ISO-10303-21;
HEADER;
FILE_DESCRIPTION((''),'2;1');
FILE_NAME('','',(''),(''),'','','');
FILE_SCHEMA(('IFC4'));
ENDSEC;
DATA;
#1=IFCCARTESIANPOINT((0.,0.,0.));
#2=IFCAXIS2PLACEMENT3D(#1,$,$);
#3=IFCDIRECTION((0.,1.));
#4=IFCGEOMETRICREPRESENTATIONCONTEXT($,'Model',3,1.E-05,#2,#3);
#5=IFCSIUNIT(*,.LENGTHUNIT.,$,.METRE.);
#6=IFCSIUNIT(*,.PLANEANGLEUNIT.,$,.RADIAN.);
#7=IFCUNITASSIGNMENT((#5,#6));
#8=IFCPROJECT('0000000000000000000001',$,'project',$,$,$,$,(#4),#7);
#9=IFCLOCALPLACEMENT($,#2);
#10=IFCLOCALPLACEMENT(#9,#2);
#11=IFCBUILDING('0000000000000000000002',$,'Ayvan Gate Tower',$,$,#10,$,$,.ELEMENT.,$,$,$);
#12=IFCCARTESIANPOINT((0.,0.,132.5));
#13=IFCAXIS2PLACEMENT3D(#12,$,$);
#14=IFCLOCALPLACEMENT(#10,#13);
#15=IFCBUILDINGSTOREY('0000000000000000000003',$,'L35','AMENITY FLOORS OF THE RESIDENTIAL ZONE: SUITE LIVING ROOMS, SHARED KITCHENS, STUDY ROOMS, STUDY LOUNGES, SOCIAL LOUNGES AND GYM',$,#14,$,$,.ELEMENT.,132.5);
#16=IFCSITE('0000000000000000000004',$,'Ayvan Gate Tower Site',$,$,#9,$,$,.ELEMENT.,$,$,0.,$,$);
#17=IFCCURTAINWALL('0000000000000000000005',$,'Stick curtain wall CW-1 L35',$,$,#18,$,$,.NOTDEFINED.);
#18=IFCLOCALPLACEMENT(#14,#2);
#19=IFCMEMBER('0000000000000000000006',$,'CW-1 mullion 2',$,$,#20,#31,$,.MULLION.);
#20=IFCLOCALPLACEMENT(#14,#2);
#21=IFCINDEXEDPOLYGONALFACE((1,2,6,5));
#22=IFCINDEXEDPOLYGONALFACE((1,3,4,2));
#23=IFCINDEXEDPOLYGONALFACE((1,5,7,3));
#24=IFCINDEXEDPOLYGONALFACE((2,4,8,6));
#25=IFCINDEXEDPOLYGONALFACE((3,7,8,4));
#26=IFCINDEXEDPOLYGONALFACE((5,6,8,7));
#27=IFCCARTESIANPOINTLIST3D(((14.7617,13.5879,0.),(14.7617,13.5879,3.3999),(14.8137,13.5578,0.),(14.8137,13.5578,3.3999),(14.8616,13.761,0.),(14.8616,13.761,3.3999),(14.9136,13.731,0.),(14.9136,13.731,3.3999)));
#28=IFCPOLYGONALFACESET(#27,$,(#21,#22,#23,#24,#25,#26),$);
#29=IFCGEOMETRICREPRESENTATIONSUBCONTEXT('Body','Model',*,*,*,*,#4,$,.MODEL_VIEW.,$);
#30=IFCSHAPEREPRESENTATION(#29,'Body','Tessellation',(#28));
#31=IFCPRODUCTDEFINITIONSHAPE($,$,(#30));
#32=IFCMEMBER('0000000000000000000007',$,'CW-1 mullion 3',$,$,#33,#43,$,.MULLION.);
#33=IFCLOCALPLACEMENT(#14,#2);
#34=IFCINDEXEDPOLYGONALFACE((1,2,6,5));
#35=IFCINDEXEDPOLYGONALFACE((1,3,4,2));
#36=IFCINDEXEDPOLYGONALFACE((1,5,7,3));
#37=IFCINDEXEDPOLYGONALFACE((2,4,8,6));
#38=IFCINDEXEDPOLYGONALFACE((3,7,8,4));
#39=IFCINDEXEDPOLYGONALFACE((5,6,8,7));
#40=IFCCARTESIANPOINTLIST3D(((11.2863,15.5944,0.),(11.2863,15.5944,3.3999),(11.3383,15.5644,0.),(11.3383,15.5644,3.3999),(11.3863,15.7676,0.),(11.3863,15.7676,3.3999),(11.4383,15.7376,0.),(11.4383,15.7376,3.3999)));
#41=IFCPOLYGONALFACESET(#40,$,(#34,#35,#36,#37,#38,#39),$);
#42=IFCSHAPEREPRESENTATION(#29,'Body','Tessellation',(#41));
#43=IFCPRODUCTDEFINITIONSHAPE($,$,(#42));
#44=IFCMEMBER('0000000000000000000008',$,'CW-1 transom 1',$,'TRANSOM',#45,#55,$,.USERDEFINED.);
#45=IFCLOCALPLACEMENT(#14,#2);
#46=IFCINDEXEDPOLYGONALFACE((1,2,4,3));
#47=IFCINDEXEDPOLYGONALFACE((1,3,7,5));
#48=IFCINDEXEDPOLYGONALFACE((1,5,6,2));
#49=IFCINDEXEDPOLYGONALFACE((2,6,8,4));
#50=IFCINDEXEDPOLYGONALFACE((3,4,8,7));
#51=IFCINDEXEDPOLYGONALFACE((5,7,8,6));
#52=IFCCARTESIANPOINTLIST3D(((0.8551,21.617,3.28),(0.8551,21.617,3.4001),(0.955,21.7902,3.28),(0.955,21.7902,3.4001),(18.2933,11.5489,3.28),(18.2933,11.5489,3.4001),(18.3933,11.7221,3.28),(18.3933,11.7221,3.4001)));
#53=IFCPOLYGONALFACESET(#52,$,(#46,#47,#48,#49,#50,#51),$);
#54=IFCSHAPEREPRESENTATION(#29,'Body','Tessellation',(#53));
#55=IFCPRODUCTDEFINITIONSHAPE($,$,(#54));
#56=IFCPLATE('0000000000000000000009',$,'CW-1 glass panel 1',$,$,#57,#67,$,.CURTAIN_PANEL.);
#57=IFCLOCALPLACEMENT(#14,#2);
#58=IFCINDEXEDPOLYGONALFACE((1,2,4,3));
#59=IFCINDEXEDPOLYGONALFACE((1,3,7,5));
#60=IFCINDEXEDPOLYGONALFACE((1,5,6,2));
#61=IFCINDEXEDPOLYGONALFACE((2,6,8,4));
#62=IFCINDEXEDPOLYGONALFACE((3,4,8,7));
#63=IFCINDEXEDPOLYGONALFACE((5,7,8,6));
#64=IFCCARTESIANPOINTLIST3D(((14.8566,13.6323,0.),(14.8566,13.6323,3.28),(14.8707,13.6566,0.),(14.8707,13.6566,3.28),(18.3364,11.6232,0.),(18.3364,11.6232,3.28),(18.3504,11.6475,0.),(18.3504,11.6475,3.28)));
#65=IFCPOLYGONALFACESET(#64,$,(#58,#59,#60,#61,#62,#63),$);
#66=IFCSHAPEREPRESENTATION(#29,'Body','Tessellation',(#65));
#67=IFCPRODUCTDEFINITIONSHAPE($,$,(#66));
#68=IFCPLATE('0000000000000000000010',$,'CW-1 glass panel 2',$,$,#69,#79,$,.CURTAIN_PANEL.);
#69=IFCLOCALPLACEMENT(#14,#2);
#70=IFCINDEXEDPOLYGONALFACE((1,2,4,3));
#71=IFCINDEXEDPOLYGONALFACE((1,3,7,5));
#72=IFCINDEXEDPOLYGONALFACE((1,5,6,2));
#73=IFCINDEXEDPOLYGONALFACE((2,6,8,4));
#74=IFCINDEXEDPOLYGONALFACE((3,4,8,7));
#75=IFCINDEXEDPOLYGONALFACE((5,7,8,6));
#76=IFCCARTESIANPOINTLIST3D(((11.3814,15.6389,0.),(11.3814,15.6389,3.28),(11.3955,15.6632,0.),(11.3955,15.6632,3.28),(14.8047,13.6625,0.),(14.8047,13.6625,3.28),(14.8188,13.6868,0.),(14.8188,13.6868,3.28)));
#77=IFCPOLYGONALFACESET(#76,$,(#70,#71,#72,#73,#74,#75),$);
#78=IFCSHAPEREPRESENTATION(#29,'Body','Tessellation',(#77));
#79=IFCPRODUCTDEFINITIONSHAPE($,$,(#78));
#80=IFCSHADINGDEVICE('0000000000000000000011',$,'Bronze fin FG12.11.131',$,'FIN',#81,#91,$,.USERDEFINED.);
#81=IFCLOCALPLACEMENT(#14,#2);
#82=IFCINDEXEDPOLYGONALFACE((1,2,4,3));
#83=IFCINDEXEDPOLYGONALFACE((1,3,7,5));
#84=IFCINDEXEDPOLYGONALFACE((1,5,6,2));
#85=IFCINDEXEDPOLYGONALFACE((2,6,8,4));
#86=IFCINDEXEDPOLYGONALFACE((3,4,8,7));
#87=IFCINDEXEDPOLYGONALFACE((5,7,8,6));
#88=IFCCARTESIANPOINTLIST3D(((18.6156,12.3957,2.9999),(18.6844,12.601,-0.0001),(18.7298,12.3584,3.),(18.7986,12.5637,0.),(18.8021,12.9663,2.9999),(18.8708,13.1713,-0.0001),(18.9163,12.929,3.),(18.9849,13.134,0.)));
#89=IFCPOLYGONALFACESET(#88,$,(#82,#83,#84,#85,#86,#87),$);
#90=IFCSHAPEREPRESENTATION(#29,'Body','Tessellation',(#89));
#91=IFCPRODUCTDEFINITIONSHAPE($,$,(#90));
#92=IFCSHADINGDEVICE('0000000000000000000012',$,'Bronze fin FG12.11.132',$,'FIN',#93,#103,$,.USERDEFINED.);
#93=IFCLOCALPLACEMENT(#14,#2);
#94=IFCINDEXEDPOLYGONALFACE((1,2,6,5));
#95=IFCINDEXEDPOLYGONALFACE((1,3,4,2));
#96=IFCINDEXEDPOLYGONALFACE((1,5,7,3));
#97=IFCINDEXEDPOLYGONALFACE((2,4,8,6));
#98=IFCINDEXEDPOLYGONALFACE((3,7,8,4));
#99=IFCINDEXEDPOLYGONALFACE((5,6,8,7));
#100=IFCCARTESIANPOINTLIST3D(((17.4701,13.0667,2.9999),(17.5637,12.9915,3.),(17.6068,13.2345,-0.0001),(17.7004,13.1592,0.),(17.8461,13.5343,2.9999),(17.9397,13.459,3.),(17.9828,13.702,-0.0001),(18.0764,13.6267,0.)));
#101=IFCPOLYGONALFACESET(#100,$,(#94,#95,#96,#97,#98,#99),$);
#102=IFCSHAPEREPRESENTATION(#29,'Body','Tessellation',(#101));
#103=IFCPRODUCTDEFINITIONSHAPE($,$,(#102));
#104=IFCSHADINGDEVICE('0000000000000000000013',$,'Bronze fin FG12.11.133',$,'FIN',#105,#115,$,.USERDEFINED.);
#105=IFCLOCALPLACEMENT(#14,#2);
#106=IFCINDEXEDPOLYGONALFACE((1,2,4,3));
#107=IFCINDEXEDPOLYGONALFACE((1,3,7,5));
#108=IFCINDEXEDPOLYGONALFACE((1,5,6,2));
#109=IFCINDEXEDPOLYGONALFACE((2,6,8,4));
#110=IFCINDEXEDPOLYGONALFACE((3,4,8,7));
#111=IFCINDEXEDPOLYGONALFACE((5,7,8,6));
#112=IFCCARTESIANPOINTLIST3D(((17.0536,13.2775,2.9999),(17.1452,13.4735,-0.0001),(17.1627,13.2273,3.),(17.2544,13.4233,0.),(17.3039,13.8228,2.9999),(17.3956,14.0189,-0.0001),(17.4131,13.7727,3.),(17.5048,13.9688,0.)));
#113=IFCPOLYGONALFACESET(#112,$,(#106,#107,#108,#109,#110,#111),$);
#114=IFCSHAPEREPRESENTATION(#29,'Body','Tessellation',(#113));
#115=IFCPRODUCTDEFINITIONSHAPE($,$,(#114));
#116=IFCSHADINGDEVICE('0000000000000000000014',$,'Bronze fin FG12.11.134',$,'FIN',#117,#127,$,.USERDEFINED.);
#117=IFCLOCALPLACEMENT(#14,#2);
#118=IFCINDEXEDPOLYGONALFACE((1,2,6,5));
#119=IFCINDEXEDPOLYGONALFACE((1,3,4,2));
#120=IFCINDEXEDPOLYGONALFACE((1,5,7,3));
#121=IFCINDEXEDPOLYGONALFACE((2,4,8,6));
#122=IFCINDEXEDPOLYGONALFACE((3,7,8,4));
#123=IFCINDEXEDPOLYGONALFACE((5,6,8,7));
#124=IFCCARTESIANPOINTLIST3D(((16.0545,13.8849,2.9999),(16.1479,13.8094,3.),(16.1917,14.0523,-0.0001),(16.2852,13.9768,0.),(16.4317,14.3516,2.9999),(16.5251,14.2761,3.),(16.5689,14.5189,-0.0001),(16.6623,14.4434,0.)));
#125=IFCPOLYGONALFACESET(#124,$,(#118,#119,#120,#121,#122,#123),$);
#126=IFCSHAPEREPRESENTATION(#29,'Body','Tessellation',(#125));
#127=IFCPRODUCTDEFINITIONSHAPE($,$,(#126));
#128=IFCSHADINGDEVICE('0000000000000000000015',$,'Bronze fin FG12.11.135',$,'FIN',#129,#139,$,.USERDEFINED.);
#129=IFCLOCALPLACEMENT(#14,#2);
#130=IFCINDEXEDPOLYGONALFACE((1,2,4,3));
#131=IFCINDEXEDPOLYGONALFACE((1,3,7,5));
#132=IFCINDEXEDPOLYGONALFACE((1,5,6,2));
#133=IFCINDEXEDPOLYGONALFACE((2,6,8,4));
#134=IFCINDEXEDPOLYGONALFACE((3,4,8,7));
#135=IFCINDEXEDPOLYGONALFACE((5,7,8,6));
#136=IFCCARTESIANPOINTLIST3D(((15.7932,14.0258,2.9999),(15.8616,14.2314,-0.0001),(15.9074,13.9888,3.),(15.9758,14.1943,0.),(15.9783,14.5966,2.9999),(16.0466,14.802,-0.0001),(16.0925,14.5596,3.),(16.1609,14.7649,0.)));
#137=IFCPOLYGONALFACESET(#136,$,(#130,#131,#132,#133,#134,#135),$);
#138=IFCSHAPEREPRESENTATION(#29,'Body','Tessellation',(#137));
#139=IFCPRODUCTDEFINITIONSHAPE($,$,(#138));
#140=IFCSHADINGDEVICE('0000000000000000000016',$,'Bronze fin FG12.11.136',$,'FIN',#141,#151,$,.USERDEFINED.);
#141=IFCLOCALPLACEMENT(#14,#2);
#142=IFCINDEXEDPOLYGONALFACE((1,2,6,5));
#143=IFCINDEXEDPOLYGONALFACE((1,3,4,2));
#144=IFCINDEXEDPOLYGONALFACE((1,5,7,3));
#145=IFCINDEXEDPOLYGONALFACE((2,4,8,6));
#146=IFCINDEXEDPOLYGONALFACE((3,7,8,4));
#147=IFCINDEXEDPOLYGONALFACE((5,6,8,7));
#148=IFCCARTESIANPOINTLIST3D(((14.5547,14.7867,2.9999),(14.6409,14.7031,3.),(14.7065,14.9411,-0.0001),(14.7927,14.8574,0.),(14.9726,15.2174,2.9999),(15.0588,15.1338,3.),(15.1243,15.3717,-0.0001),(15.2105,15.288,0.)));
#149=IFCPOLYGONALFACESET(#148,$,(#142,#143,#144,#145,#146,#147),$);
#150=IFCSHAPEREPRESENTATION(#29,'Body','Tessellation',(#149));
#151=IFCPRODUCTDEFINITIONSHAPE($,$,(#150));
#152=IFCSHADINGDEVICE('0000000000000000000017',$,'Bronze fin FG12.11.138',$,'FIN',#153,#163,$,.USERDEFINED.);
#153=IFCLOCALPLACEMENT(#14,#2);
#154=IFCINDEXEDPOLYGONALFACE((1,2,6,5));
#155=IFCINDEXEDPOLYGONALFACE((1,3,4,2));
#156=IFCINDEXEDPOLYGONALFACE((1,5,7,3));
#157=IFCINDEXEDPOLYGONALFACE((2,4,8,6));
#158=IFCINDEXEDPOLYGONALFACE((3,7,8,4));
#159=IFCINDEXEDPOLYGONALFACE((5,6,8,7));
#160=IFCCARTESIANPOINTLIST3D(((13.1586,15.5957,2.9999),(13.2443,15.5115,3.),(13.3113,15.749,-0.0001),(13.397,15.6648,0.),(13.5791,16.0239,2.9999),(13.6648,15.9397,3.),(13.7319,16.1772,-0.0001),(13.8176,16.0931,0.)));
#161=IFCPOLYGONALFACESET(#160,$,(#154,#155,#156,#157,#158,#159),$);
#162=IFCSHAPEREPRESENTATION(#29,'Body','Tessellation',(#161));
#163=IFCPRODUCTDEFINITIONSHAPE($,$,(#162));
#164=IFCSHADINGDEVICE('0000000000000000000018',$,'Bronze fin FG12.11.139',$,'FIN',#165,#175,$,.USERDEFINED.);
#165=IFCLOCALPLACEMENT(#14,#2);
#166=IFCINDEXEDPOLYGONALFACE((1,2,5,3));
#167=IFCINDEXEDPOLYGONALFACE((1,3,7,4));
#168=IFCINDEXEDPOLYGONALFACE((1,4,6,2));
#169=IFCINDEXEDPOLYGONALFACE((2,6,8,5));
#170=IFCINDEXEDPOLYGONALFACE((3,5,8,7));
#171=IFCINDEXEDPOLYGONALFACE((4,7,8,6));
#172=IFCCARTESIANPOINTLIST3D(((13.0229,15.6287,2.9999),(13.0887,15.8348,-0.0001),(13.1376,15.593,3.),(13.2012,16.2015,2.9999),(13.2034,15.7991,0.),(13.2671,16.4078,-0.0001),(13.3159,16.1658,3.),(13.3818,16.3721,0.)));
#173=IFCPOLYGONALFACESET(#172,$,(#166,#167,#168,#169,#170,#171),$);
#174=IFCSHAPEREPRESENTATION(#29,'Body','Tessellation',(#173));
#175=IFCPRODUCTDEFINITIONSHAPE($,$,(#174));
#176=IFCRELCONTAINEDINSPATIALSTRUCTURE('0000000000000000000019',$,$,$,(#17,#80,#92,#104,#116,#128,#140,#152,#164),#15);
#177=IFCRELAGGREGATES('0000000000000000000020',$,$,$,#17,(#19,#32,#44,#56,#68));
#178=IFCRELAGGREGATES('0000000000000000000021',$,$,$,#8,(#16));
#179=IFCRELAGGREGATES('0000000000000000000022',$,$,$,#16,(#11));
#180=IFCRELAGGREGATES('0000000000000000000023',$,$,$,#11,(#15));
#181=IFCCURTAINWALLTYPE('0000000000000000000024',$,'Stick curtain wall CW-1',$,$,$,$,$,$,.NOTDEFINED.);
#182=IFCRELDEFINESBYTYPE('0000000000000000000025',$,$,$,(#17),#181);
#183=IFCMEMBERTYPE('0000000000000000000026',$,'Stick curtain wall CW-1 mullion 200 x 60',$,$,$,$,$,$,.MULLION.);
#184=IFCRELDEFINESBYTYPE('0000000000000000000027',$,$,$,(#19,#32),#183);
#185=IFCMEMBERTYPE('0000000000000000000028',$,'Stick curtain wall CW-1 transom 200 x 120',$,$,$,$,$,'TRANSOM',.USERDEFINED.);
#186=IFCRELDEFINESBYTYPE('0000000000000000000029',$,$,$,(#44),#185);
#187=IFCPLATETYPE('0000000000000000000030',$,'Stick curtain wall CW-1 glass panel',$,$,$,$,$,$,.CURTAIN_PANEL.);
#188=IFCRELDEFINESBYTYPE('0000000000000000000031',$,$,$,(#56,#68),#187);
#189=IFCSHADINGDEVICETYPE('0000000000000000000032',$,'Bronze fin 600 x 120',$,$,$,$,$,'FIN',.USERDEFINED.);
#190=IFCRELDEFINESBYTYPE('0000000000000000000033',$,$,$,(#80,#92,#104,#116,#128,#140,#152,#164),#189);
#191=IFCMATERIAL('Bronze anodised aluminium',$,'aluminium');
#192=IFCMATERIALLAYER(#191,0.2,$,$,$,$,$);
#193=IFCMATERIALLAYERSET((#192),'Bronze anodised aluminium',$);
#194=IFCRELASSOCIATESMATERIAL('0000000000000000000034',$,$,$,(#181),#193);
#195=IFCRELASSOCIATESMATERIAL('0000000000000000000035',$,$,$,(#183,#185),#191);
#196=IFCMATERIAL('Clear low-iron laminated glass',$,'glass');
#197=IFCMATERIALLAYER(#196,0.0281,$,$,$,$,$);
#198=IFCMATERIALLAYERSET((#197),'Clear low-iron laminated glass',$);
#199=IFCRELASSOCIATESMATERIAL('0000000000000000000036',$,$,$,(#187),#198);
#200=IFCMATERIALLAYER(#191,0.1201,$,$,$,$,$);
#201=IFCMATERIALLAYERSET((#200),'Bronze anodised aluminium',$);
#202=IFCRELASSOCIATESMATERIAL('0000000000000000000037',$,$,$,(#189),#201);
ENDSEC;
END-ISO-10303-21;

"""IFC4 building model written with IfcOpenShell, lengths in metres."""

from ifc_helpers import new_model, si_unit, direction, frame, origin, origin_2d, place, context, subcontext, project, spatial, polyline, rectangle, outline, extrude, material, layer, layer_set, material_profile, profile_set, type_object, element, aggregate, save


model = new_model("IFC4")

# Units and contexts
model_context = context("Model", 3, precision=1e-05, world=origin(), true_north=direction((0.0, 1.0)))
body_context = subcontext(model_context, "Body", "Model", "MODEL_VIEW")
ifc_project = project(units=[si_unit("LENGTHUNIT", "METRE"), si_unit("PLANEANGLEUNIT", "RADIAN")], contexts=[model_context])

# Site, building, storey
site_placement = place(None, origin())
site = spatial("IfcSite", under=ifc_project, at=site_placement, Name="Ayvan Gate Tower Site", CompositionType="ELEMENT", RefElevation=0.0)
building_placement = place(site_placement, origin())
building = spatial("IfcBuilding", under=site, at=building_placement, Name="Ayvan Gate Tower", CompositionType="ELEMENT")
storey_placement = place(building_placement, frame((0.0, 0.0, 132.5)))
storey = spatial("IfcBuildingStorey", under=building, at=storey_placement, Name="L35", Description="AMENITY FLOORS OF THE RESIDENTIAL ZONE: SUITE LIVING ROOMS, SHARED KITCHENS, STUDY ROOMS, STUDY LOUNGES, SOCIAL LOUNGES AND GYM", CompositionType="ELEMENT", Elevation=132.5)

# Curtain wall, members, plates
ifc_material_1 = material(Name="Bronze anodised aluminium", Category="aluminium")
ifc_layer_1 = layer(ifc_material_1, 0.2)
ifc_layer_set_1 = layer_set([ifc_layer_1], Name="Bronze anodised aluminium")
curtain_wall_type = type_object("IfcCurtainWallType", Name="Stick curtain wall CW-1", PredefinedType="NOTDEFINED", material=ifc_layer_set_1)
curtain_wall_placement = place(storey_placement, origin())
curtain_wall = element("IfcCurtainWall", 1, at=curtain_wall_placement, inside=storey, type_object=curtain_wall_type, Name="Stick curtain wall CW-1 L35", PredefinedType="NOTDEFINED")
ifc_material_profile_1 = material_profile(ifc_material_1, rectangle(XDim=0.2, YDim=0.0601, at=origin_2d()), Name="Stick curtain wall CW-1 mullion 200 x 60")
ifc_profile_set_1 = profile_set([ifc_material_profile_1], Name="Bronze anodised aluminium")
member_type_1 = type_object("IfcMemberType", Name="Stick curtain wall CW-1 mullion 200 x 60", PredefinedType="MULLION", material=ifc_profile_set_1)
member_1_placement = place(storey_placement, frame((14.8376, 13.6594, 0.0), z_axis=(0.0, 0.0, 1.0), x_axis=(0.5, 0.866025, 0.0)))
member_1 = element("IfcMember", 2, at=member_1_placement, type_object=member_type_1, Name="CW-1 mullion 2", PredefinedType="MULLION", context=body_context, shape_type="SweptSolid", body=[
    extrude(rectangle(XDim=0.2, YDim=0.0601, at=origin_2d()), origin(), (0.0, 0.0, 1.0), 3.3999),
])
member_2_placement = place(storey_placement, frame((11.3623, 15.666, 0.0), z_axis=(0.0, 0.0, 1.0), x_axis=(0.5, 0.866025, 0.0)))
member_2 = element("IfcMember", 3, at=member_2_placement, type_object=member_type_1, Name="CW-1 mullion 3", PredefinedType="MULLION", context=body_context, shape_type="SweptSolid", body=[
    extrude(rectangle(XDim=0.2, YDim=0.0601, at=origin_2d()), origin(), (0.0, 0.0, 1.0), 3.3999),
])
ifc_material_profile_2 = material_profile(ifc_material_1, rectangle(XDim=0.2, YDim=0.1201, at=origin_2d()), Name="Stick curtain wall CW-1 transom 200 x 120")
ifc_profile_set_2 = profile_set([ifc_material_profile_2], Name="Bronze anodised aluminium")
member_type_2 = type_object("IfcMemberType", Name="Stick curtain wall CW-1 transom 200 x 120", ElementType="TRANSOM", PredefinedType="USERDEFINED", material=ifc_profile_set_2)
member_3_placement = place(storey_placement, frame((18.3433, 11.6355, 3.3401), z_axis=(-0.866022, 0.500005, 0.0), x_axis=(-0.500005, -0.866022, 0.0)))
member_3 = element("IfcMember", 4, at=member_3_placement, type_object=member_type_2, Name="CW-1 transom 1", ObjectType="TRANSOM", PredefinedType="USERDEFINED", context=body_context, shape_type="SweptSolid", body=[
    extrude(rectangle(XDim=0.2, YDim=0.1201, at=origin_2d()), origin(), (0.0, 0.0, 1.0), 20.136),
])
ifc_material_2 = material(Name="Clear low-iron laminated glass", Category="glass")
ifc_layer_2 = layer(ifc_material_2, 0.0281)
ifc_layer_set_2 = layer_set([ifc_layer_2], Name="Clear low-iron laminated glass")
plate_type = type_object("IfcPlateType", Name="Stick curtain wall CW-1 glass panel", PredefinedType="CURTAIN_PANEL", material=ifc_layer_set_2)
plate_1_placement = place(storey_placement, frame((16.6035, 12.6399, 0.0), z_axis=(0.0, 0.0, 1.0), x_axis=(-0.866025, 0.5, 0.0)))
plate_1 = element("IfcPlate", 5, at=plate_1_placement, type_object=plate_type, Name="CW-1 glass panel 1", PredefinedType="CURTAIN_PANEL", context=body_context, shape_type="SweptSolid", body=[
    extrude(rectangle(XDim=4.0181, YDim=0.0281, at=origin_2d()), origin(), (0.0, 0.0, 1.0), 3.28),
])
plate_2_placement = place(storey_placement, frame((13.1001, 14.6628, 0.0), z_axis=(0.0, 0.0, 1.0), x_axis=(-0.866025, 0.5, 0.0)))
plate_2 = element("IfcPlate", 6, at=plate_2_placement, type_object=plate_type, Name="CW-1 glass panel 2", PredefinedType="CURTAIN_PANEL", context=body_context, shape_type="SweptSolid", body=[
    extrude(rectangle(XDim=3.9529, YDim=0.0281, at=origin_2d()), origin(), (0.0, 0.0, 1.0), 3.28),
])
aggregate(curtain_wall, [member_1, member_2, member_3, plate_1, plate_2])

# Shading devices
ifc_layer_3 = layer(ifc_material_1, 0.1201)
ifc_layer_set_3 = layer_set([ifc_layer_3], Name="Bronze anodised aluminium")
shading_device_type = type_object("IfcShadingDeviceType", Name="Bronze fin 600 x 120", ElementType="FIN", PredefinedType="USERDEFINED", material=ifc_layer_set_3)
shading_device_1_placement = place(storey_placement, frame((18.7986, 12.5637, 0.0), z_axis=(0.950538, -0.310608, 0.00053), x_axis=(0.310608, 0.950538, 0.0)))
element("IfcShadingDevice", 7, at=shading_device_1_placement, inside=storey, type_object=shading_device_type, Name="Bronze fin FG12.11.131", ObjectType="FIN", PredefinedType="USERDEFINED", context=body_context, shape_type="SweptSolid", body=[
    extrude(outline(polyline([(0.0, 0.0), (0.6, 0.0), (0.3837, 3.0), (-0.2166, 3.0), (0.0, 0.0)])), origin(), (0.0, 0.0, -1.0), 0.1201),
])
shading_device_2_placement = place(storey_placement, frame((17.7004, 13.1592, 0.0), z_axis=(0.779278, -0.626678, 0.000478), x_axis=(0.626678, 0.779278, 0.0)))
element("IfcShadingDevice", 8, at=shading_device_2_placement, inside=storey, type_object=shading_device_type, Name="Bronze fin FG12.11.132", ObjectType="FIN", PredefinedType="USERDEFINED", context=body_context, shape_type="SweptSolid", body=[
    extrude(outline(polyline([(0.0, 0.0), (0.6, 0.0), (0.3836, 3.0), (-0.2164, 3.0), (0.0, 0.0)])), origin(), (0.0, 0.0, -1.0), 0.1201),
])
shading_device_3_placement = place(storey_placement, frame((17.2544, 13.4233, 0.0), z_axis=(0.908821, -0.417187, 0.00051), x_axis=(0.417187, 0.908821, 0.0)))
element("IfcShadingDevice", 9, at=shading_device_3_placement, inside=storey, type_object=shading_device_type, Name="Bronze fin FG12.11.133", ObjectType="FIN", PredefinedType="USERDEFINED", context=body_context, shape_type="SweptSolid", body=[
    extrude(outline(polyline([(0.0, 0.0), (0.6002, 0.0), (0.3837, 3.0), (-0.2164, 3.0), (0.0, 0.0)])), origin(), (0.0, 0.0, -1.0), 0.1201),
])
shading_device_4_placement = place(storey_placement, frame((16.2852, 13.9768, 0.0), z_axis=(0.777723, -0.628607, 0.000502), x_axis=(0.628607, 0.777723, 0.0)))
element("IfcShadingDevice", 10, at=shading_device_4_placement, inside=storey, type_object=shading_device_type, Name="Bronze fin FG12.11.134", ObjectType="FIN", PredefinedType="USERDEFINED", context=body_context, shape_type="SweptSolid", body=[
    extrude(outline(polyline([(0.0, 0.0), (0.6, 0.0), (0.3836, 3.0), (-0.2165, 3.0), (0.0, 0.0)])), origin(), (0.0, 0.0, -1.0), 0.1201),
])
shading_device_5_placement = place(storey_placement, frame((15.9758, 14.1943, 0.0), z_axis=(0.951236, -0.308465, 0.000551), x_axis=(0.308465, 0.951236, 0.0)))
element("IfcShadingDevice", 11, at=shading_device_5_placement, inside=storey, type_object=shading_device_type, Name="Bronze fin FG12.11.135", ObjectType="FIN", PredefinedType="USERDEFINED", context=body_context, shape_type="SweptSolid", body=[
    extrude(outline(polyline([(0.0, 0.0), (0.5998, 0.0), (0.3834, 3.0), (-0.2166, 3.0), (0.0, 0.0)])), origin(), (0.0, 0.0, -1.0), 0.1201),
])
shading_device_6_placement = place(storey_placement, frame((14.7927, 14.8574, 0.0), z_axis=(0.717706, -0.696346, 0.000485), x_axis=(0.696346, 0.717706, 0.0)))
element("IfcShadingDevice", 12, at=shading_device_6_placement, inside=storey, type_object=shading_device_type, Name="Bronze fin FG12.11.136", ObjectType="FIN", PredefinedType="USERDEFINED", context=body_context, shape_type="SweptSolid", body=[
    extrude(outline(polyline([(0.0, 0.0), (0.6, 0.0), (0.3837, 3.0), (-0.2165, 3.0), (0.0, 0.0)])), origin(), (0.0, 0.0, -1.0), 0.1201),
])
shading_device_7_placement = place(storey_placement, frame((13.397, 15.6648, 0.0), z_axis=(0.713484, -0.700671, 0.00051), x_axis=(0.700671, 0.713484, 0.0)))
element("IfcShadingDevice", 13, at=shading_device_7_placement, inside=storey, type_object=shading_device_type, Name="Bronze fin FG12.11.138", ObjectType="FIN", PredefinedType="USERDEFINED", context=body_context, shape_type="SweptSolid", body=[
    extrude(outline(polyline([(0.0, 0.0), (0.6003, 0.0), (0.3838, 3.0), (-0.2163, 3.0), (0.0, 0.0)])), origin(), (0.0, 0.0, -1.0), 0.1201),
])
shading_device_8_placement = place(storey_placement, frame((13.2034, 15.7991, 0.0), z_axis=(0.954801, -0.297244, 0.000512), x_axis=(0.297244, 0.954802, 0.0)))
element("IfcShadingDevice", 14, at=shading_device_8_placement, inside=storey, type_object=shading_device_type, Name="Bronze fin FG12.11.139", ObjectType="FIN", PredefinedType="USERDEFINED", context=body_context, shape_type="SweptSolid", body=[
    extrude(outline(polyline([(0.0, 0.0), (0.6001, 0.0), (0.3836, 3.0), (-0.2163, 3.0), (0.0, 0.0)])), origin(), (0.0, 0.0, -1.0), 0.1201),
])

save(model, "model.ifc")
